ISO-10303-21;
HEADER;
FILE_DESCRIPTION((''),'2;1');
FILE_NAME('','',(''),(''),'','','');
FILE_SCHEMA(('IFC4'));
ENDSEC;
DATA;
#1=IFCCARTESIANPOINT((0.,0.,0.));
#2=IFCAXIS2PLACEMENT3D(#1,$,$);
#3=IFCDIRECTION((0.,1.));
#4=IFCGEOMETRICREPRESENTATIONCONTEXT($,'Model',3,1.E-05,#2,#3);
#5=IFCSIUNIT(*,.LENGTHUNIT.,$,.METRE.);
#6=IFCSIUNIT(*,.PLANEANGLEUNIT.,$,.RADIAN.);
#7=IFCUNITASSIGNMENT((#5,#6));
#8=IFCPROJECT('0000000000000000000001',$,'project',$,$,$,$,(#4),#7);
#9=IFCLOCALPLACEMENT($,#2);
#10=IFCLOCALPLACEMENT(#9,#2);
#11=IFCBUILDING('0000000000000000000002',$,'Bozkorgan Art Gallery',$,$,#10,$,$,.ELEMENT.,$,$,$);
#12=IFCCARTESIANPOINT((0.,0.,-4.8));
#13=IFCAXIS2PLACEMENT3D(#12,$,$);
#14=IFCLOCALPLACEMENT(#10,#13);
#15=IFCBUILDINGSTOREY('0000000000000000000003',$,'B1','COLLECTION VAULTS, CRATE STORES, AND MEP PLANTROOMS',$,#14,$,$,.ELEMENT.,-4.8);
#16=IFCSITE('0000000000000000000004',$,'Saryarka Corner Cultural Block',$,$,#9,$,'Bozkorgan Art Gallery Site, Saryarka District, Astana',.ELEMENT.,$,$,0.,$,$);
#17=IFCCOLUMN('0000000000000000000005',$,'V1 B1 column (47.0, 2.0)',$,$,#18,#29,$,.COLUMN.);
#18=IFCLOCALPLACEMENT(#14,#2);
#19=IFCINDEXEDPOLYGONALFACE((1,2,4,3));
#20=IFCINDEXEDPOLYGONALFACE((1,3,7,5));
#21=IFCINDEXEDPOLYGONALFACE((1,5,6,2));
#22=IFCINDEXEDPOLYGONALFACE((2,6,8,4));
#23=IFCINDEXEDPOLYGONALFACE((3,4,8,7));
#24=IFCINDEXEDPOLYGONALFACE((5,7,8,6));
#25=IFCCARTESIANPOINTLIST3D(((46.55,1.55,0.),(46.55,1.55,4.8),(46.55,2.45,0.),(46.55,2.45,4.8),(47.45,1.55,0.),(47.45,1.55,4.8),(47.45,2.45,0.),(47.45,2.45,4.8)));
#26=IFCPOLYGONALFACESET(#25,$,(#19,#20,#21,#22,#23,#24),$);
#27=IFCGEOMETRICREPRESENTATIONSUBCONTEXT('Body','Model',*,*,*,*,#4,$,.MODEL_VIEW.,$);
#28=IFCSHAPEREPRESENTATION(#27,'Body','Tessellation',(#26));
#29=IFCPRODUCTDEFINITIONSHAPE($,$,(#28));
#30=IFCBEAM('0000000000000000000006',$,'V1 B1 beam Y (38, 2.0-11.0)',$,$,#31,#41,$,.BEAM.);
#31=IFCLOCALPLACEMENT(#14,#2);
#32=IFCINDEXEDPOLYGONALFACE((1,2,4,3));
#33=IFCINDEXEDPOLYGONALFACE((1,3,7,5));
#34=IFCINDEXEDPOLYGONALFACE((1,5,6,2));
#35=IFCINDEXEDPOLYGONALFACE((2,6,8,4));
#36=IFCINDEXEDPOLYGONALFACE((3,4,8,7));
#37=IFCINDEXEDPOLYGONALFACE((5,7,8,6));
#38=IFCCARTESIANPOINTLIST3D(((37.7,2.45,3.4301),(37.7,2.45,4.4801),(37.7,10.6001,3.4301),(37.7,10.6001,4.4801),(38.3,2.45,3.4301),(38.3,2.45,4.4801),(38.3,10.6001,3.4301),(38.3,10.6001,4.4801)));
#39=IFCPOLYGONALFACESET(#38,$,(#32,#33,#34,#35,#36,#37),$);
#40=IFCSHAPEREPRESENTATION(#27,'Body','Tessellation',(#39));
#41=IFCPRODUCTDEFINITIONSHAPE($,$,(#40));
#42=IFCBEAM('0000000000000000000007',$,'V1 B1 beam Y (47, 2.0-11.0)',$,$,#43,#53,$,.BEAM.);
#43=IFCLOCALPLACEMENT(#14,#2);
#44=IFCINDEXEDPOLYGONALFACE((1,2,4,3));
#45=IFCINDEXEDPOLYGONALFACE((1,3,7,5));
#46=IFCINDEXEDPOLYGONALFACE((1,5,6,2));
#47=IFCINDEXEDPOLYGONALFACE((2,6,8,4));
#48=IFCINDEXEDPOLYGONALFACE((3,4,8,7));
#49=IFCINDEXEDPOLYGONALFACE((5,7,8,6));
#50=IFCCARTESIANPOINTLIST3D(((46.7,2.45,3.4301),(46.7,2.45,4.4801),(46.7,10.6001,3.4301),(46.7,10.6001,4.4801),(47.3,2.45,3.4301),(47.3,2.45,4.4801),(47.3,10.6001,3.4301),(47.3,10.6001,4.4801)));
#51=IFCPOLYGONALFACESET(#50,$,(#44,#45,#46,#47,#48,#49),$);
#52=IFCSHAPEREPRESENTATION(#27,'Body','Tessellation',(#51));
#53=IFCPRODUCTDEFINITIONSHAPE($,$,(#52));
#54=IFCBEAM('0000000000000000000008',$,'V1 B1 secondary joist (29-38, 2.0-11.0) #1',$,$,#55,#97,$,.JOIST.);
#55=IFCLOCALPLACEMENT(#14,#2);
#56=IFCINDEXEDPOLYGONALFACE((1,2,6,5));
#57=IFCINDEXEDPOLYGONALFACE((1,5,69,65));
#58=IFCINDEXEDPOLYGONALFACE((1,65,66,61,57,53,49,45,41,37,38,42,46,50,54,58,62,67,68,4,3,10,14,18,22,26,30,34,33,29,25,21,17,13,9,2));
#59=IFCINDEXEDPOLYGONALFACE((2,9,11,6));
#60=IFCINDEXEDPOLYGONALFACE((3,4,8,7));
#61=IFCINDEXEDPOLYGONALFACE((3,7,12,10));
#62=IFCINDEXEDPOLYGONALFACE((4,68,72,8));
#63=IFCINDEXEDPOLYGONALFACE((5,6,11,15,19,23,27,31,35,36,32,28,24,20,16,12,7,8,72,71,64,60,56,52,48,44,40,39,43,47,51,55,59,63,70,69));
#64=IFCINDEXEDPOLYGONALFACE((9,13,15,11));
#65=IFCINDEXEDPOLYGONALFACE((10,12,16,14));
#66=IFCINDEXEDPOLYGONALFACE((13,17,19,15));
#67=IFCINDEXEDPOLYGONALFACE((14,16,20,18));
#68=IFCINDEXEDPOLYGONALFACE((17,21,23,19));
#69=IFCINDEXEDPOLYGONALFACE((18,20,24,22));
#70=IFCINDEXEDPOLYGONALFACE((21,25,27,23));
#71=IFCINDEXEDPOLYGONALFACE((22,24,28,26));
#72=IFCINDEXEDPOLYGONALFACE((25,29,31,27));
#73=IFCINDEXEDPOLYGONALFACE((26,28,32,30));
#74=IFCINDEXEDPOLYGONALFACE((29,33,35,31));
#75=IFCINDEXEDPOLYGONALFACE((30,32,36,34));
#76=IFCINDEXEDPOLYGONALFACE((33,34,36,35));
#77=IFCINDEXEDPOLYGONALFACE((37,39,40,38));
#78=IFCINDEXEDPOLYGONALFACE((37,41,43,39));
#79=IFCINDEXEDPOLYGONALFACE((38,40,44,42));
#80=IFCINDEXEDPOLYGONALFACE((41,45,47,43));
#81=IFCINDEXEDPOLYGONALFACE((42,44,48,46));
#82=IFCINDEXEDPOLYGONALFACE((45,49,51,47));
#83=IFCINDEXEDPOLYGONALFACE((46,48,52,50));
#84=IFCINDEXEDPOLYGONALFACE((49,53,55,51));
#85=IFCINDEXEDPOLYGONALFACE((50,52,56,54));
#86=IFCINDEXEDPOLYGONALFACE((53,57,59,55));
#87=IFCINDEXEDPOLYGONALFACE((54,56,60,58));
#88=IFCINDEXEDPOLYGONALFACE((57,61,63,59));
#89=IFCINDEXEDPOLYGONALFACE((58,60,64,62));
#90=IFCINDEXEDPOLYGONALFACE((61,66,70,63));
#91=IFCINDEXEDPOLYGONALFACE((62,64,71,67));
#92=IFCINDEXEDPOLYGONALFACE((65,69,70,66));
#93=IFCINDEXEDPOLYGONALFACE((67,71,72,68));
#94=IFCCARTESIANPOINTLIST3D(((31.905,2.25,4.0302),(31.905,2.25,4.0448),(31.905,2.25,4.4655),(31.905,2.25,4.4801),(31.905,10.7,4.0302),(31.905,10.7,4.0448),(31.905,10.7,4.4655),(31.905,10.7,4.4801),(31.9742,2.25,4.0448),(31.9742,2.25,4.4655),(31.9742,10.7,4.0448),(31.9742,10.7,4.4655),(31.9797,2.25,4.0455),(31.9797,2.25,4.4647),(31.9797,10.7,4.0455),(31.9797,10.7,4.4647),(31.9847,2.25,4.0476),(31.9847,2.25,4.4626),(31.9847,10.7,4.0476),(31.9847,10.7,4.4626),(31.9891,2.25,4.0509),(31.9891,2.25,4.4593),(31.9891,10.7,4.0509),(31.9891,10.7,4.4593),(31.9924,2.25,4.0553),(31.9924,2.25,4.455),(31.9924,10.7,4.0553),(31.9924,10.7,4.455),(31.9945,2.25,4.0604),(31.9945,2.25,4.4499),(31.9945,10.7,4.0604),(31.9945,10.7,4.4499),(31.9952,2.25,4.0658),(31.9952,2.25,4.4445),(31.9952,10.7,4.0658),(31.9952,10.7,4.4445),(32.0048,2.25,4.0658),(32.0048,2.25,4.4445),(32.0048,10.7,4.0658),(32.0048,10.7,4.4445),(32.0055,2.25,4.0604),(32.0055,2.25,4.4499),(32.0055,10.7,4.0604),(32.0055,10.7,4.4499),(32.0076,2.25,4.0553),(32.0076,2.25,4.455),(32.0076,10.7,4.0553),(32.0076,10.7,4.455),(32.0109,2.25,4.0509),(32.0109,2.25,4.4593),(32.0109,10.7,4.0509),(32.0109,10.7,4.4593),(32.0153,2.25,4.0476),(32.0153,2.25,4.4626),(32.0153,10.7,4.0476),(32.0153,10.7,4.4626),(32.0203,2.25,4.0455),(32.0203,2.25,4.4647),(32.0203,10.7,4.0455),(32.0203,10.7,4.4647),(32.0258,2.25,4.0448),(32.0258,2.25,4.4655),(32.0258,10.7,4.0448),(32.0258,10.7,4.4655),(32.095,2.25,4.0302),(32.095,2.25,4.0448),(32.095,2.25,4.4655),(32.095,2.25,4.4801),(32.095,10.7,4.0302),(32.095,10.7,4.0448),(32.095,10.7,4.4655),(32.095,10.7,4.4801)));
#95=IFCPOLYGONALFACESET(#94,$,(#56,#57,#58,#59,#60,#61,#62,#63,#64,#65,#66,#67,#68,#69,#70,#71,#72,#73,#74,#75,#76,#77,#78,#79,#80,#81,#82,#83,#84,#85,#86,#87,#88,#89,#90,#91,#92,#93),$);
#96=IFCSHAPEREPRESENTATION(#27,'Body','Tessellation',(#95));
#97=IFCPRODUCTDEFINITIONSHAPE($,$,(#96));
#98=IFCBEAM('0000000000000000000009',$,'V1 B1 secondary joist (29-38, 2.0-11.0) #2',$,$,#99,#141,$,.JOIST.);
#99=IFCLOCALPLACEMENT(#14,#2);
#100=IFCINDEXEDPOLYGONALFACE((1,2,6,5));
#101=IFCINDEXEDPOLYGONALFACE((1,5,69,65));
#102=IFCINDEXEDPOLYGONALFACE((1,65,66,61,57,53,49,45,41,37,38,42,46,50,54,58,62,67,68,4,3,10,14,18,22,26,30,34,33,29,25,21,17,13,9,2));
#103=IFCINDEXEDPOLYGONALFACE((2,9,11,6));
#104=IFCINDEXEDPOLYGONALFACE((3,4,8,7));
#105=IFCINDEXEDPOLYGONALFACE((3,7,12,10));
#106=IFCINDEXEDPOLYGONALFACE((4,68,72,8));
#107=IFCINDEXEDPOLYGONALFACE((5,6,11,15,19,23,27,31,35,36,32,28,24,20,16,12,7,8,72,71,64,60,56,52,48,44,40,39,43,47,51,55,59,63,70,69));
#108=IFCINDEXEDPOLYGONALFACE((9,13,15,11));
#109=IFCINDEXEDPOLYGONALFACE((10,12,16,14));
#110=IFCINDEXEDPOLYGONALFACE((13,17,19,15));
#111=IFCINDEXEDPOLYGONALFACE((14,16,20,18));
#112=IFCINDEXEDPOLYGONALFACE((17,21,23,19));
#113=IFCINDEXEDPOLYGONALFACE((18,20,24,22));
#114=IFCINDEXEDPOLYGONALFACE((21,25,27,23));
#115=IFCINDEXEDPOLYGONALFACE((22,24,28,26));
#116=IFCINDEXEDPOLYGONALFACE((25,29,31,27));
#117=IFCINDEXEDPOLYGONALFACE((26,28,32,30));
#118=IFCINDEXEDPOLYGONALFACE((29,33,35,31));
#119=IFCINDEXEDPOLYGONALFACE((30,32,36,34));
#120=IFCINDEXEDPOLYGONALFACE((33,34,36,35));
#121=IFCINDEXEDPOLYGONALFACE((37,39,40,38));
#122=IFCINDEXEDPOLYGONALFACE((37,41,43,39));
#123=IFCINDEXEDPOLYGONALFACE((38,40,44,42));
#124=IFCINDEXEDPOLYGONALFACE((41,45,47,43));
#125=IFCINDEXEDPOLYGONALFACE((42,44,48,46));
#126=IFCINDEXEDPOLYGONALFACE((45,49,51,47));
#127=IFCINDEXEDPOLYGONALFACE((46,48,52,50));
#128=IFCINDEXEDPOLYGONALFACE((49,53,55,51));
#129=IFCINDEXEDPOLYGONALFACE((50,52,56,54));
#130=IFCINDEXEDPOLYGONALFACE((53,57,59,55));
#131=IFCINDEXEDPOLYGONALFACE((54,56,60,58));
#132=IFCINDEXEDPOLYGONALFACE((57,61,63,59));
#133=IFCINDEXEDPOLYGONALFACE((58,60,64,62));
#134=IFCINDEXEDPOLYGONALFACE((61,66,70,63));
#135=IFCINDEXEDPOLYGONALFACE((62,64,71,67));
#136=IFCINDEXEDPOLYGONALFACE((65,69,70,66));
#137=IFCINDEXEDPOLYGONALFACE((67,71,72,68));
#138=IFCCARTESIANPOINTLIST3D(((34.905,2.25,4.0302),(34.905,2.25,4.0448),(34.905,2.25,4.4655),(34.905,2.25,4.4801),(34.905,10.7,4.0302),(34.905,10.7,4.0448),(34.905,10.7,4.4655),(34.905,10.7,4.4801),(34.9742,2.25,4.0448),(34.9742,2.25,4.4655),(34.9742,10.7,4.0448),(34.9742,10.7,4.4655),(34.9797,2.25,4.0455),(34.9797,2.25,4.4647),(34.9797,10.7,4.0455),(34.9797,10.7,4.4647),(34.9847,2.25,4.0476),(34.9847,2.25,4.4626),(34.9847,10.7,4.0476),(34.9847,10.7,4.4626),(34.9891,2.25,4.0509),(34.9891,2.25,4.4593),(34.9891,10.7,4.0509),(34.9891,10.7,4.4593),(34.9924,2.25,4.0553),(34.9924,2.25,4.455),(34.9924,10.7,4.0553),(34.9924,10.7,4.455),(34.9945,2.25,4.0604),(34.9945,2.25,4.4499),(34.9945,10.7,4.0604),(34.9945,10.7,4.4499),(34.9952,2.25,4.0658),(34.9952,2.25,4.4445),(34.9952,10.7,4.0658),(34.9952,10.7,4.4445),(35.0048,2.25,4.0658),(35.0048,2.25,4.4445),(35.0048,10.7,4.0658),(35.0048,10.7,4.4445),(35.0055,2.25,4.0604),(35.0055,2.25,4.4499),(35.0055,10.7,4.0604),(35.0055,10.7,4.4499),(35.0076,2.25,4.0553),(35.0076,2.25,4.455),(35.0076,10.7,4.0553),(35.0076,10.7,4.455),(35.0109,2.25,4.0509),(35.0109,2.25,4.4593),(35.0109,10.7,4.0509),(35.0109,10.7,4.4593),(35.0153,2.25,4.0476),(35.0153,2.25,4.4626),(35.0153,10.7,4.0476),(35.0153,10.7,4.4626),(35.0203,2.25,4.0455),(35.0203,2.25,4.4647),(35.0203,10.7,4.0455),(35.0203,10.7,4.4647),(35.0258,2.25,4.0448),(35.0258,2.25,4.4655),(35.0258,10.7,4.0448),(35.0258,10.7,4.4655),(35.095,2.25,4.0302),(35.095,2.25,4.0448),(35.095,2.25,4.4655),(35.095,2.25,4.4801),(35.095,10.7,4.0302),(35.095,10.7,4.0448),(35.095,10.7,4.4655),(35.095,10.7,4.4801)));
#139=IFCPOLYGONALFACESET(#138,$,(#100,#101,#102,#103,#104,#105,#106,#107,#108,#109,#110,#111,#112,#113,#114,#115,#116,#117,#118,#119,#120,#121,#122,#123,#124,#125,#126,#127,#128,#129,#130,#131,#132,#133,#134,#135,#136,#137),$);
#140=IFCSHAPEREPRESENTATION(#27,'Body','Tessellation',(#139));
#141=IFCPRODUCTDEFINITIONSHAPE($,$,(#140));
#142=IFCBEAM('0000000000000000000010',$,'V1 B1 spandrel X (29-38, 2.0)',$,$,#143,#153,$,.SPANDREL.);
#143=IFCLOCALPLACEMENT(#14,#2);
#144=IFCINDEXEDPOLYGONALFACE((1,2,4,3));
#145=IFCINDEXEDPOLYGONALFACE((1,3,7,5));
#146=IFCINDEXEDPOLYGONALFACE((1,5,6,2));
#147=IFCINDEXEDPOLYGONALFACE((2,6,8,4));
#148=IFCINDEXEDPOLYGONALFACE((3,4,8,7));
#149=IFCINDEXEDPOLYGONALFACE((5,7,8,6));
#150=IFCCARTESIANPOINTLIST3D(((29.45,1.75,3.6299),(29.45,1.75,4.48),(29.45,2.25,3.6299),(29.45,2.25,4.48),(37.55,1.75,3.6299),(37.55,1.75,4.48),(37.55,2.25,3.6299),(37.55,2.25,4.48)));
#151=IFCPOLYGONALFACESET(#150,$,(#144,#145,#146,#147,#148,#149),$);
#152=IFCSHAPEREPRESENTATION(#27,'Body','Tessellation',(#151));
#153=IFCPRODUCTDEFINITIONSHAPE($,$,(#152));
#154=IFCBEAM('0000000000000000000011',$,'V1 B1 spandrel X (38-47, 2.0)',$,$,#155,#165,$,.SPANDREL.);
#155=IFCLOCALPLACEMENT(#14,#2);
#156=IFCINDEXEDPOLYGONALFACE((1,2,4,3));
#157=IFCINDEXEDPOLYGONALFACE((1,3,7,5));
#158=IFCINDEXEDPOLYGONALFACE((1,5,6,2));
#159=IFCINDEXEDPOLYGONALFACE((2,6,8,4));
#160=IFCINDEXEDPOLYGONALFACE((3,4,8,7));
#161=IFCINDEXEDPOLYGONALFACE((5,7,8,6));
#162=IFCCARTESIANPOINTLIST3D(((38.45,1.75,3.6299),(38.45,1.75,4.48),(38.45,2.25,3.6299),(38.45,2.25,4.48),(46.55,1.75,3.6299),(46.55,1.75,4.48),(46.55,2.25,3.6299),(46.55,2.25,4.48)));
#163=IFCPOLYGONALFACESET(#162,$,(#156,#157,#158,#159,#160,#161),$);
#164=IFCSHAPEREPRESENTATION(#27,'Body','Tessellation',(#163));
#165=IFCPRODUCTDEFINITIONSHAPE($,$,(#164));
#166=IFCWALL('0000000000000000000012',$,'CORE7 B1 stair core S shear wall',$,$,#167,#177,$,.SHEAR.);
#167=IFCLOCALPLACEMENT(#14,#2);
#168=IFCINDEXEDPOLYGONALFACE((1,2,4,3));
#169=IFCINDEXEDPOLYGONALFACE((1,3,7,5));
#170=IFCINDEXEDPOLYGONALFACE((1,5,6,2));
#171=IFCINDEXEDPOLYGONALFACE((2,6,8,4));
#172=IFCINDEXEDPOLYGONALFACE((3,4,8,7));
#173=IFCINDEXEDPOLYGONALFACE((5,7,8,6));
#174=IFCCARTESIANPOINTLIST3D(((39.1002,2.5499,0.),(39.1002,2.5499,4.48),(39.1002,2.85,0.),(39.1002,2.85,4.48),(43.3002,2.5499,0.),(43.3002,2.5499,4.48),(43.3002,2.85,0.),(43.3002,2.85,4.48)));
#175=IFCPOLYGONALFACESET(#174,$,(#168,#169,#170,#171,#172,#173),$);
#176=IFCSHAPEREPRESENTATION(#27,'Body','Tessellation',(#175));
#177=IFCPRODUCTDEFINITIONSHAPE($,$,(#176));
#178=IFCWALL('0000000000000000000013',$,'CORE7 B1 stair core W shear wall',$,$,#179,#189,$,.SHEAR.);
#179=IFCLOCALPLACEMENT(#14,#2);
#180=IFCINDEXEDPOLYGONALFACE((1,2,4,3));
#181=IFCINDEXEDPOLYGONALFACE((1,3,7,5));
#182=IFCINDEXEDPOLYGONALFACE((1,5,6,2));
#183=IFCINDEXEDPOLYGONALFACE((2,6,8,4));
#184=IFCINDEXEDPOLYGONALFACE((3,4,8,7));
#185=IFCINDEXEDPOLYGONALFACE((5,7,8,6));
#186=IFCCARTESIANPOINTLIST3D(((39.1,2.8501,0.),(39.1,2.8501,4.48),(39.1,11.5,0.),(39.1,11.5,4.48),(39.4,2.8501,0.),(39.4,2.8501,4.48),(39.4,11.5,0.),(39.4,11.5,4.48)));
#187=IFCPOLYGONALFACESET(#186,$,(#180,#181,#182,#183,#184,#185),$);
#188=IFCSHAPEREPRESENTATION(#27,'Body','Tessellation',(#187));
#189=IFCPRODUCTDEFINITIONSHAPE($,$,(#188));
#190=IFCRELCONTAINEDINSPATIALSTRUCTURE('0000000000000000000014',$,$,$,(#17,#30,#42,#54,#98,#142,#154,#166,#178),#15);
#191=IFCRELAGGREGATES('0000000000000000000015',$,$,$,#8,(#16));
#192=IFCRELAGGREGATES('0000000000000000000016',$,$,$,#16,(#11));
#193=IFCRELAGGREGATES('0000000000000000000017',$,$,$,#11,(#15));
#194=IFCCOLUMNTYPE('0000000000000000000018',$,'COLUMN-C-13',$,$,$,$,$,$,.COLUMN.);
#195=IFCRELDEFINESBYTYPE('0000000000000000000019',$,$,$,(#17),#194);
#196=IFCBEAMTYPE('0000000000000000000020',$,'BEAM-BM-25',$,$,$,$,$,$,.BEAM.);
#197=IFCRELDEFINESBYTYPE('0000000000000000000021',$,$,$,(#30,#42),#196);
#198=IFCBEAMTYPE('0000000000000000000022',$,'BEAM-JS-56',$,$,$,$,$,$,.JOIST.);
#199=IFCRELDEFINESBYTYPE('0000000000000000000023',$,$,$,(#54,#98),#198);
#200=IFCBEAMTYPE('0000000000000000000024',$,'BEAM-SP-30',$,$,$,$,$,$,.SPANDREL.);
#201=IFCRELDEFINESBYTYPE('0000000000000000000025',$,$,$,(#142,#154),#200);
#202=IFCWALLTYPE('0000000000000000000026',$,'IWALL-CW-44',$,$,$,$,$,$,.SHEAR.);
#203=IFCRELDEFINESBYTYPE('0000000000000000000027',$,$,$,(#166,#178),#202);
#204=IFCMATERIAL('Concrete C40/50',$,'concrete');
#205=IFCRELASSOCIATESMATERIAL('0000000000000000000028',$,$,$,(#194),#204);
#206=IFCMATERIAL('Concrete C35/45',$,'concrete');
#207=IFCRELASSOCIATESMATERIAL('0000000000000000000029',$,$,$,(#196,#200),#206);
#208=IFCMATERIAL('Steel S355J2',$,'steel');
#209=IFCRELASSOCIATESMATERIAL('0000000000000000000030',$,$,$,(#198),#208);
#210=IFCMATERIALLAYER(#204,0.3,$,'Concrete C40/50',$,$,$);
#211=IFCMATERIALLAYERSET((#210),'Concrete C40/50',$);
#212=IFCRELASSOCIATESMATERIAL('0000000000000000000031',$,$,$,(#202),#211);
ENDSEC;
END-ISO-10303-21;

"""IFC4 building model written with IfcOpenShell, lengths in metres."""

from ifc_helpers import new_model, si_unit, direction, frame, frame_2d, origin, origin_2d, place, context, subcontext, project, spatial, rectangle, i_section, extrude, material, layer, layer_set, material_profile, profile_set, type_object, element, save


model = new_model("IFC4")

# Units and contexts
model_context = context("Model", 3, precision=1e-05, world=origin(), true_north=direction((0.0, 1.0)))
body_context = subcontext(model_context, "Body", "Model", "MODEL_VIEW")
ifc_project = project(units=[si_unit("LENGTHUNIT", "METRE"), si_unit("PLANEANGLEUNIT", "RADIAN")], contexts=[model_context])

# Site, building, storey
site_placement = place(None, origin())
site = spatial("IfcSite", under=ifc_project, at=site_placement, Name="Saryarka Corner Cultural Block", LongName="Bozkorgan Art Gallery Site, Saryarka District, Astana", CompositionType="ELEMENT", RefElevation=0.0)
building_placement = place(site_placement, origin())
building = spatial("IfcBuilding", under=site, at=building_placement, Name="Bozkorgan Art Gallery", CompositionType="ELEMENT")
storey_placement = place(building_placement, frame((0.0, 0.0, -4.8)))
storey = spatial("IfcBuildingStorey", under=building, at=storey_placement, Name="B1", Description="COLLECTION VAULTS, CRATE STORES, AND MEP PLANTROOMS", CompositionType="ELEMENT", Elevation=-4.8)

# Column
ifc_material_1 = material(Name="Concrete C40/50", Category="concrete")
ifc_material_profile_1 = material_profile(ifc_material_1, rectangle(XDim=0.8999, YDim=0.8999, at=origin_2d()), Name="RC 900x900")
ifc_profile_set_1 = profile_set([ifc_material_profile_1], Name="Concrete C40/50")
column_type = type_object("IfcColumnType", Name="COLUMN-C-13", PredefinedType="COLUMN", material=ifc_profile_set_1)
for number, where, z_axis, x_axis, name in (
    (1, (47.0, 2.0, 0.0), (0.0, 0.0, 1.0), (1.0, 0.0, 0.0), "V1 B1 column (47.0, 2.0)"),
):
    element("IfcColumn", number, at=place(storey_placement, frame(where, z_axis=z_axis, x_axis=x_axis)), inside=storey, type_object=column_type, Name=name, PredefinedType="COLUMN", context=body_context, shape_type="SweptSolid", body=[
        extrude(rectangle(XDim=0.8999, YDim=0.8999, at=origin_2d()), origin(), (0.0, 0.0, 1.0), 4.8),
    ])

# Beams
ifc_material_2 = material(Name="Concrete C35/45", Category="concrete")
ifc_material_profile_2 = material_profile(ifc_material_2, rectangle(XDim=0.6001, YDim=1.05, at=origin_2d()), Name="RC 600x1050")
ifc_profile_set_2 = profile_set([ifc_material_profile_2], Name="Concrete C35/45")
beam_type_1 = type_object("IfcBeamType", Name="BEAM-BM-25", PredefinedType="BEAM", material=ifc_profile_set_2)
for number, where, z_axis, x_axis, name in (
    (2, (38.0, 2.45, 3.9551), (0.0, 1.0, 0.0), (-1.0, 0.0, 0.0), "V1 B1 beam Y (38, 2.0-11.0)"),
    (3, (47.0, 2.45, 3.9551), (0.0, 1.0, 0.0), (-1.0, 0.0, 0.0), "V1 B1 beam Y (47, 2.0-11.0)"),
):
    element("IfcBeam", number, at=place(storey_placement, frame(where, z_axis=z_axis, x_axis=x_axis)), inside=storey, type_object=beam_type_1, Name=name, PredefinedType="BEAM", context=body_context, shape_type="SweptSolid", body=[
        extrude(rectangle(XDim=0.6001, YDim=1.05, at=origin_2d()), origin(), (0.0, 0.0, 1.0), 8.1501),
    ])
ifc_material_3 = material(Name="Steel S355J2", Category="steel")
ifc_material_profile_3 = material_profile(ifc_material_3, i_section(OverallWidth=0.1899, OverallDepth=0.45, WebThickness=0.0095, FlangeThickness=0.0146, FilletRadius=0.021, at=origin_2d()), Name="IPE 450")
ifc_profile_set_3 = profile_set([ifc_material_profile_3], Name="Steel S355J2")
beam_type_2 = type_object("IfcBeamType", Name="BEAM-JS-56", PredefinedType="JOIST", material=ifc_profile_set_3)
for number, where, z_axis, x_axis, name in (
    (4, (32.0, 2.25, 4.2551), (0.0, 1.0, 0.0), (-1.0, 0.0, 0.0), "V1 B1 secondary joist (29-38, 2.0-11.0) #1"),
    (5, (35.0, 2.25, 4.2551), (0.0, 1.0, 0.0), (-1.0, 0.0, 0.0), "V1 B1 secondary joist (29-38, 2.0-11.0) #2"),
):
    element("IfcBeam", number, at=place(storey_placement, frame(where, z_axis=z_axis, x_axis=x_axis)), inside=storey, type_object=beam_type_2, Name=name, PredefinedType="JOIST", context=body_context, shape_type="SweptSolid", body=[
        extrude(i_section(OverallWidth=0.1899, OverallDepth=0.45, WebThickness=0.0095, FlangeThickness=0.0146, FilletRadius=0.021, at=origin_2d()), origin(), (0.0, 0.0, 1.0), 8.45),
    ])
ifc_material_profile_4 = material_profile(ifc_material_2, rectangle(XDim=0.5, YDim=0.8501, at=origin_2d()), Name="RC 500x850")
ifc_profile_set_4 = profile_set([ifc_material_profile_4], Name="Concrete C35/45")
beam_type_3 = type_object("IfcBeamType", Name="BEAM-SP-30", PredefinedType="SPANDREL", material=ifc_profile_set_4)
for number, where, z_axis, x_axis, name in (
    (6, (29.45, 2.0, 4.0549), (1.0, 0.0, 0.0), (0.0, 1.0, 0.0), "V1 B1 spandrel X (29-38, 2.0)"),
    (7, (38.45, 2.0, 4.0549), (1.0, 0.0, 0.0), (0.0, 1.0, 0.0), "V1 B1 spandrel X (38-47, 2.0)"),
):
    element("IfcBeam", number, at=place(storey_placement, frame(where, z_axis=z_axis, x_axis=x_axis)), inside=storey, type_object=beam_type_3, Name=name, PredefinedType="SPANDREL", context=body_context, shape_type="SweptSolid", body=[
        extrude(rectangle(XDim=0.5, YDim=0.8501, at=origin_2d()), origin(), (0.0, 0.0, 1.0), 8.1001),
    ])

# Walls
ifc_layer_1 = layer(ifc_material_1, 0.3, Name="Concrete C40/50")
ifc_layer_set_1 = layer_set([ifc_layer_1], Name="Concrete C40/50")
wall_type_1 = type_object("IfcWallType", Name="IWALL-CW-44", PredefinedType="SHEAR", material=ifc_layer_set_1)
wall_1_placement = place(storey_placement, frame((39.1001, 2.7, 0.0), z_axis=(0.0, 0.0, 1.0), x_axis=(1.0, 0.0, 0.0)))
element("IfcWall", 8, at=wall_1_placement, inside=storey, type_object=wall_type_1, Name="CORE7 B1 stair core S shear wall", PredefinedType="SHEAR", context=body_context, shape_type="SweptSolid", body=[
    extrude(rectangle(XDim=4.2, YDim=0.3, at=frame_2d((2.1001, 0.0))), origin(), (0.0, 0.0, 1.0), 4.48),
])
for number, where, z_axis, x_axis, name in (
    (9, (39.25, 2.8501, 0.0), (0.0, 0.0, 1.0), (0.0, 1.0, 0.0), "CORE7 B1 stair core W shear wall"),
):
    element("IfcWall", number, at=place(storey_placement, frame(where, z_axis=z_axis, x_axis=x_axis)), inside=storey, type_object=wall_type_1, Name=name, PredefinedType="SHEAR", context=body_context, shape_type="SweptSolid", body=[
        extrude(rectangle(XDim=8.6499, YDim=0.3, at=frame_2d((4.325, 0.0))), origin(), (0.0, 0.0, 1.0), 4.48),
    ])

save(model, "model.ifc")
